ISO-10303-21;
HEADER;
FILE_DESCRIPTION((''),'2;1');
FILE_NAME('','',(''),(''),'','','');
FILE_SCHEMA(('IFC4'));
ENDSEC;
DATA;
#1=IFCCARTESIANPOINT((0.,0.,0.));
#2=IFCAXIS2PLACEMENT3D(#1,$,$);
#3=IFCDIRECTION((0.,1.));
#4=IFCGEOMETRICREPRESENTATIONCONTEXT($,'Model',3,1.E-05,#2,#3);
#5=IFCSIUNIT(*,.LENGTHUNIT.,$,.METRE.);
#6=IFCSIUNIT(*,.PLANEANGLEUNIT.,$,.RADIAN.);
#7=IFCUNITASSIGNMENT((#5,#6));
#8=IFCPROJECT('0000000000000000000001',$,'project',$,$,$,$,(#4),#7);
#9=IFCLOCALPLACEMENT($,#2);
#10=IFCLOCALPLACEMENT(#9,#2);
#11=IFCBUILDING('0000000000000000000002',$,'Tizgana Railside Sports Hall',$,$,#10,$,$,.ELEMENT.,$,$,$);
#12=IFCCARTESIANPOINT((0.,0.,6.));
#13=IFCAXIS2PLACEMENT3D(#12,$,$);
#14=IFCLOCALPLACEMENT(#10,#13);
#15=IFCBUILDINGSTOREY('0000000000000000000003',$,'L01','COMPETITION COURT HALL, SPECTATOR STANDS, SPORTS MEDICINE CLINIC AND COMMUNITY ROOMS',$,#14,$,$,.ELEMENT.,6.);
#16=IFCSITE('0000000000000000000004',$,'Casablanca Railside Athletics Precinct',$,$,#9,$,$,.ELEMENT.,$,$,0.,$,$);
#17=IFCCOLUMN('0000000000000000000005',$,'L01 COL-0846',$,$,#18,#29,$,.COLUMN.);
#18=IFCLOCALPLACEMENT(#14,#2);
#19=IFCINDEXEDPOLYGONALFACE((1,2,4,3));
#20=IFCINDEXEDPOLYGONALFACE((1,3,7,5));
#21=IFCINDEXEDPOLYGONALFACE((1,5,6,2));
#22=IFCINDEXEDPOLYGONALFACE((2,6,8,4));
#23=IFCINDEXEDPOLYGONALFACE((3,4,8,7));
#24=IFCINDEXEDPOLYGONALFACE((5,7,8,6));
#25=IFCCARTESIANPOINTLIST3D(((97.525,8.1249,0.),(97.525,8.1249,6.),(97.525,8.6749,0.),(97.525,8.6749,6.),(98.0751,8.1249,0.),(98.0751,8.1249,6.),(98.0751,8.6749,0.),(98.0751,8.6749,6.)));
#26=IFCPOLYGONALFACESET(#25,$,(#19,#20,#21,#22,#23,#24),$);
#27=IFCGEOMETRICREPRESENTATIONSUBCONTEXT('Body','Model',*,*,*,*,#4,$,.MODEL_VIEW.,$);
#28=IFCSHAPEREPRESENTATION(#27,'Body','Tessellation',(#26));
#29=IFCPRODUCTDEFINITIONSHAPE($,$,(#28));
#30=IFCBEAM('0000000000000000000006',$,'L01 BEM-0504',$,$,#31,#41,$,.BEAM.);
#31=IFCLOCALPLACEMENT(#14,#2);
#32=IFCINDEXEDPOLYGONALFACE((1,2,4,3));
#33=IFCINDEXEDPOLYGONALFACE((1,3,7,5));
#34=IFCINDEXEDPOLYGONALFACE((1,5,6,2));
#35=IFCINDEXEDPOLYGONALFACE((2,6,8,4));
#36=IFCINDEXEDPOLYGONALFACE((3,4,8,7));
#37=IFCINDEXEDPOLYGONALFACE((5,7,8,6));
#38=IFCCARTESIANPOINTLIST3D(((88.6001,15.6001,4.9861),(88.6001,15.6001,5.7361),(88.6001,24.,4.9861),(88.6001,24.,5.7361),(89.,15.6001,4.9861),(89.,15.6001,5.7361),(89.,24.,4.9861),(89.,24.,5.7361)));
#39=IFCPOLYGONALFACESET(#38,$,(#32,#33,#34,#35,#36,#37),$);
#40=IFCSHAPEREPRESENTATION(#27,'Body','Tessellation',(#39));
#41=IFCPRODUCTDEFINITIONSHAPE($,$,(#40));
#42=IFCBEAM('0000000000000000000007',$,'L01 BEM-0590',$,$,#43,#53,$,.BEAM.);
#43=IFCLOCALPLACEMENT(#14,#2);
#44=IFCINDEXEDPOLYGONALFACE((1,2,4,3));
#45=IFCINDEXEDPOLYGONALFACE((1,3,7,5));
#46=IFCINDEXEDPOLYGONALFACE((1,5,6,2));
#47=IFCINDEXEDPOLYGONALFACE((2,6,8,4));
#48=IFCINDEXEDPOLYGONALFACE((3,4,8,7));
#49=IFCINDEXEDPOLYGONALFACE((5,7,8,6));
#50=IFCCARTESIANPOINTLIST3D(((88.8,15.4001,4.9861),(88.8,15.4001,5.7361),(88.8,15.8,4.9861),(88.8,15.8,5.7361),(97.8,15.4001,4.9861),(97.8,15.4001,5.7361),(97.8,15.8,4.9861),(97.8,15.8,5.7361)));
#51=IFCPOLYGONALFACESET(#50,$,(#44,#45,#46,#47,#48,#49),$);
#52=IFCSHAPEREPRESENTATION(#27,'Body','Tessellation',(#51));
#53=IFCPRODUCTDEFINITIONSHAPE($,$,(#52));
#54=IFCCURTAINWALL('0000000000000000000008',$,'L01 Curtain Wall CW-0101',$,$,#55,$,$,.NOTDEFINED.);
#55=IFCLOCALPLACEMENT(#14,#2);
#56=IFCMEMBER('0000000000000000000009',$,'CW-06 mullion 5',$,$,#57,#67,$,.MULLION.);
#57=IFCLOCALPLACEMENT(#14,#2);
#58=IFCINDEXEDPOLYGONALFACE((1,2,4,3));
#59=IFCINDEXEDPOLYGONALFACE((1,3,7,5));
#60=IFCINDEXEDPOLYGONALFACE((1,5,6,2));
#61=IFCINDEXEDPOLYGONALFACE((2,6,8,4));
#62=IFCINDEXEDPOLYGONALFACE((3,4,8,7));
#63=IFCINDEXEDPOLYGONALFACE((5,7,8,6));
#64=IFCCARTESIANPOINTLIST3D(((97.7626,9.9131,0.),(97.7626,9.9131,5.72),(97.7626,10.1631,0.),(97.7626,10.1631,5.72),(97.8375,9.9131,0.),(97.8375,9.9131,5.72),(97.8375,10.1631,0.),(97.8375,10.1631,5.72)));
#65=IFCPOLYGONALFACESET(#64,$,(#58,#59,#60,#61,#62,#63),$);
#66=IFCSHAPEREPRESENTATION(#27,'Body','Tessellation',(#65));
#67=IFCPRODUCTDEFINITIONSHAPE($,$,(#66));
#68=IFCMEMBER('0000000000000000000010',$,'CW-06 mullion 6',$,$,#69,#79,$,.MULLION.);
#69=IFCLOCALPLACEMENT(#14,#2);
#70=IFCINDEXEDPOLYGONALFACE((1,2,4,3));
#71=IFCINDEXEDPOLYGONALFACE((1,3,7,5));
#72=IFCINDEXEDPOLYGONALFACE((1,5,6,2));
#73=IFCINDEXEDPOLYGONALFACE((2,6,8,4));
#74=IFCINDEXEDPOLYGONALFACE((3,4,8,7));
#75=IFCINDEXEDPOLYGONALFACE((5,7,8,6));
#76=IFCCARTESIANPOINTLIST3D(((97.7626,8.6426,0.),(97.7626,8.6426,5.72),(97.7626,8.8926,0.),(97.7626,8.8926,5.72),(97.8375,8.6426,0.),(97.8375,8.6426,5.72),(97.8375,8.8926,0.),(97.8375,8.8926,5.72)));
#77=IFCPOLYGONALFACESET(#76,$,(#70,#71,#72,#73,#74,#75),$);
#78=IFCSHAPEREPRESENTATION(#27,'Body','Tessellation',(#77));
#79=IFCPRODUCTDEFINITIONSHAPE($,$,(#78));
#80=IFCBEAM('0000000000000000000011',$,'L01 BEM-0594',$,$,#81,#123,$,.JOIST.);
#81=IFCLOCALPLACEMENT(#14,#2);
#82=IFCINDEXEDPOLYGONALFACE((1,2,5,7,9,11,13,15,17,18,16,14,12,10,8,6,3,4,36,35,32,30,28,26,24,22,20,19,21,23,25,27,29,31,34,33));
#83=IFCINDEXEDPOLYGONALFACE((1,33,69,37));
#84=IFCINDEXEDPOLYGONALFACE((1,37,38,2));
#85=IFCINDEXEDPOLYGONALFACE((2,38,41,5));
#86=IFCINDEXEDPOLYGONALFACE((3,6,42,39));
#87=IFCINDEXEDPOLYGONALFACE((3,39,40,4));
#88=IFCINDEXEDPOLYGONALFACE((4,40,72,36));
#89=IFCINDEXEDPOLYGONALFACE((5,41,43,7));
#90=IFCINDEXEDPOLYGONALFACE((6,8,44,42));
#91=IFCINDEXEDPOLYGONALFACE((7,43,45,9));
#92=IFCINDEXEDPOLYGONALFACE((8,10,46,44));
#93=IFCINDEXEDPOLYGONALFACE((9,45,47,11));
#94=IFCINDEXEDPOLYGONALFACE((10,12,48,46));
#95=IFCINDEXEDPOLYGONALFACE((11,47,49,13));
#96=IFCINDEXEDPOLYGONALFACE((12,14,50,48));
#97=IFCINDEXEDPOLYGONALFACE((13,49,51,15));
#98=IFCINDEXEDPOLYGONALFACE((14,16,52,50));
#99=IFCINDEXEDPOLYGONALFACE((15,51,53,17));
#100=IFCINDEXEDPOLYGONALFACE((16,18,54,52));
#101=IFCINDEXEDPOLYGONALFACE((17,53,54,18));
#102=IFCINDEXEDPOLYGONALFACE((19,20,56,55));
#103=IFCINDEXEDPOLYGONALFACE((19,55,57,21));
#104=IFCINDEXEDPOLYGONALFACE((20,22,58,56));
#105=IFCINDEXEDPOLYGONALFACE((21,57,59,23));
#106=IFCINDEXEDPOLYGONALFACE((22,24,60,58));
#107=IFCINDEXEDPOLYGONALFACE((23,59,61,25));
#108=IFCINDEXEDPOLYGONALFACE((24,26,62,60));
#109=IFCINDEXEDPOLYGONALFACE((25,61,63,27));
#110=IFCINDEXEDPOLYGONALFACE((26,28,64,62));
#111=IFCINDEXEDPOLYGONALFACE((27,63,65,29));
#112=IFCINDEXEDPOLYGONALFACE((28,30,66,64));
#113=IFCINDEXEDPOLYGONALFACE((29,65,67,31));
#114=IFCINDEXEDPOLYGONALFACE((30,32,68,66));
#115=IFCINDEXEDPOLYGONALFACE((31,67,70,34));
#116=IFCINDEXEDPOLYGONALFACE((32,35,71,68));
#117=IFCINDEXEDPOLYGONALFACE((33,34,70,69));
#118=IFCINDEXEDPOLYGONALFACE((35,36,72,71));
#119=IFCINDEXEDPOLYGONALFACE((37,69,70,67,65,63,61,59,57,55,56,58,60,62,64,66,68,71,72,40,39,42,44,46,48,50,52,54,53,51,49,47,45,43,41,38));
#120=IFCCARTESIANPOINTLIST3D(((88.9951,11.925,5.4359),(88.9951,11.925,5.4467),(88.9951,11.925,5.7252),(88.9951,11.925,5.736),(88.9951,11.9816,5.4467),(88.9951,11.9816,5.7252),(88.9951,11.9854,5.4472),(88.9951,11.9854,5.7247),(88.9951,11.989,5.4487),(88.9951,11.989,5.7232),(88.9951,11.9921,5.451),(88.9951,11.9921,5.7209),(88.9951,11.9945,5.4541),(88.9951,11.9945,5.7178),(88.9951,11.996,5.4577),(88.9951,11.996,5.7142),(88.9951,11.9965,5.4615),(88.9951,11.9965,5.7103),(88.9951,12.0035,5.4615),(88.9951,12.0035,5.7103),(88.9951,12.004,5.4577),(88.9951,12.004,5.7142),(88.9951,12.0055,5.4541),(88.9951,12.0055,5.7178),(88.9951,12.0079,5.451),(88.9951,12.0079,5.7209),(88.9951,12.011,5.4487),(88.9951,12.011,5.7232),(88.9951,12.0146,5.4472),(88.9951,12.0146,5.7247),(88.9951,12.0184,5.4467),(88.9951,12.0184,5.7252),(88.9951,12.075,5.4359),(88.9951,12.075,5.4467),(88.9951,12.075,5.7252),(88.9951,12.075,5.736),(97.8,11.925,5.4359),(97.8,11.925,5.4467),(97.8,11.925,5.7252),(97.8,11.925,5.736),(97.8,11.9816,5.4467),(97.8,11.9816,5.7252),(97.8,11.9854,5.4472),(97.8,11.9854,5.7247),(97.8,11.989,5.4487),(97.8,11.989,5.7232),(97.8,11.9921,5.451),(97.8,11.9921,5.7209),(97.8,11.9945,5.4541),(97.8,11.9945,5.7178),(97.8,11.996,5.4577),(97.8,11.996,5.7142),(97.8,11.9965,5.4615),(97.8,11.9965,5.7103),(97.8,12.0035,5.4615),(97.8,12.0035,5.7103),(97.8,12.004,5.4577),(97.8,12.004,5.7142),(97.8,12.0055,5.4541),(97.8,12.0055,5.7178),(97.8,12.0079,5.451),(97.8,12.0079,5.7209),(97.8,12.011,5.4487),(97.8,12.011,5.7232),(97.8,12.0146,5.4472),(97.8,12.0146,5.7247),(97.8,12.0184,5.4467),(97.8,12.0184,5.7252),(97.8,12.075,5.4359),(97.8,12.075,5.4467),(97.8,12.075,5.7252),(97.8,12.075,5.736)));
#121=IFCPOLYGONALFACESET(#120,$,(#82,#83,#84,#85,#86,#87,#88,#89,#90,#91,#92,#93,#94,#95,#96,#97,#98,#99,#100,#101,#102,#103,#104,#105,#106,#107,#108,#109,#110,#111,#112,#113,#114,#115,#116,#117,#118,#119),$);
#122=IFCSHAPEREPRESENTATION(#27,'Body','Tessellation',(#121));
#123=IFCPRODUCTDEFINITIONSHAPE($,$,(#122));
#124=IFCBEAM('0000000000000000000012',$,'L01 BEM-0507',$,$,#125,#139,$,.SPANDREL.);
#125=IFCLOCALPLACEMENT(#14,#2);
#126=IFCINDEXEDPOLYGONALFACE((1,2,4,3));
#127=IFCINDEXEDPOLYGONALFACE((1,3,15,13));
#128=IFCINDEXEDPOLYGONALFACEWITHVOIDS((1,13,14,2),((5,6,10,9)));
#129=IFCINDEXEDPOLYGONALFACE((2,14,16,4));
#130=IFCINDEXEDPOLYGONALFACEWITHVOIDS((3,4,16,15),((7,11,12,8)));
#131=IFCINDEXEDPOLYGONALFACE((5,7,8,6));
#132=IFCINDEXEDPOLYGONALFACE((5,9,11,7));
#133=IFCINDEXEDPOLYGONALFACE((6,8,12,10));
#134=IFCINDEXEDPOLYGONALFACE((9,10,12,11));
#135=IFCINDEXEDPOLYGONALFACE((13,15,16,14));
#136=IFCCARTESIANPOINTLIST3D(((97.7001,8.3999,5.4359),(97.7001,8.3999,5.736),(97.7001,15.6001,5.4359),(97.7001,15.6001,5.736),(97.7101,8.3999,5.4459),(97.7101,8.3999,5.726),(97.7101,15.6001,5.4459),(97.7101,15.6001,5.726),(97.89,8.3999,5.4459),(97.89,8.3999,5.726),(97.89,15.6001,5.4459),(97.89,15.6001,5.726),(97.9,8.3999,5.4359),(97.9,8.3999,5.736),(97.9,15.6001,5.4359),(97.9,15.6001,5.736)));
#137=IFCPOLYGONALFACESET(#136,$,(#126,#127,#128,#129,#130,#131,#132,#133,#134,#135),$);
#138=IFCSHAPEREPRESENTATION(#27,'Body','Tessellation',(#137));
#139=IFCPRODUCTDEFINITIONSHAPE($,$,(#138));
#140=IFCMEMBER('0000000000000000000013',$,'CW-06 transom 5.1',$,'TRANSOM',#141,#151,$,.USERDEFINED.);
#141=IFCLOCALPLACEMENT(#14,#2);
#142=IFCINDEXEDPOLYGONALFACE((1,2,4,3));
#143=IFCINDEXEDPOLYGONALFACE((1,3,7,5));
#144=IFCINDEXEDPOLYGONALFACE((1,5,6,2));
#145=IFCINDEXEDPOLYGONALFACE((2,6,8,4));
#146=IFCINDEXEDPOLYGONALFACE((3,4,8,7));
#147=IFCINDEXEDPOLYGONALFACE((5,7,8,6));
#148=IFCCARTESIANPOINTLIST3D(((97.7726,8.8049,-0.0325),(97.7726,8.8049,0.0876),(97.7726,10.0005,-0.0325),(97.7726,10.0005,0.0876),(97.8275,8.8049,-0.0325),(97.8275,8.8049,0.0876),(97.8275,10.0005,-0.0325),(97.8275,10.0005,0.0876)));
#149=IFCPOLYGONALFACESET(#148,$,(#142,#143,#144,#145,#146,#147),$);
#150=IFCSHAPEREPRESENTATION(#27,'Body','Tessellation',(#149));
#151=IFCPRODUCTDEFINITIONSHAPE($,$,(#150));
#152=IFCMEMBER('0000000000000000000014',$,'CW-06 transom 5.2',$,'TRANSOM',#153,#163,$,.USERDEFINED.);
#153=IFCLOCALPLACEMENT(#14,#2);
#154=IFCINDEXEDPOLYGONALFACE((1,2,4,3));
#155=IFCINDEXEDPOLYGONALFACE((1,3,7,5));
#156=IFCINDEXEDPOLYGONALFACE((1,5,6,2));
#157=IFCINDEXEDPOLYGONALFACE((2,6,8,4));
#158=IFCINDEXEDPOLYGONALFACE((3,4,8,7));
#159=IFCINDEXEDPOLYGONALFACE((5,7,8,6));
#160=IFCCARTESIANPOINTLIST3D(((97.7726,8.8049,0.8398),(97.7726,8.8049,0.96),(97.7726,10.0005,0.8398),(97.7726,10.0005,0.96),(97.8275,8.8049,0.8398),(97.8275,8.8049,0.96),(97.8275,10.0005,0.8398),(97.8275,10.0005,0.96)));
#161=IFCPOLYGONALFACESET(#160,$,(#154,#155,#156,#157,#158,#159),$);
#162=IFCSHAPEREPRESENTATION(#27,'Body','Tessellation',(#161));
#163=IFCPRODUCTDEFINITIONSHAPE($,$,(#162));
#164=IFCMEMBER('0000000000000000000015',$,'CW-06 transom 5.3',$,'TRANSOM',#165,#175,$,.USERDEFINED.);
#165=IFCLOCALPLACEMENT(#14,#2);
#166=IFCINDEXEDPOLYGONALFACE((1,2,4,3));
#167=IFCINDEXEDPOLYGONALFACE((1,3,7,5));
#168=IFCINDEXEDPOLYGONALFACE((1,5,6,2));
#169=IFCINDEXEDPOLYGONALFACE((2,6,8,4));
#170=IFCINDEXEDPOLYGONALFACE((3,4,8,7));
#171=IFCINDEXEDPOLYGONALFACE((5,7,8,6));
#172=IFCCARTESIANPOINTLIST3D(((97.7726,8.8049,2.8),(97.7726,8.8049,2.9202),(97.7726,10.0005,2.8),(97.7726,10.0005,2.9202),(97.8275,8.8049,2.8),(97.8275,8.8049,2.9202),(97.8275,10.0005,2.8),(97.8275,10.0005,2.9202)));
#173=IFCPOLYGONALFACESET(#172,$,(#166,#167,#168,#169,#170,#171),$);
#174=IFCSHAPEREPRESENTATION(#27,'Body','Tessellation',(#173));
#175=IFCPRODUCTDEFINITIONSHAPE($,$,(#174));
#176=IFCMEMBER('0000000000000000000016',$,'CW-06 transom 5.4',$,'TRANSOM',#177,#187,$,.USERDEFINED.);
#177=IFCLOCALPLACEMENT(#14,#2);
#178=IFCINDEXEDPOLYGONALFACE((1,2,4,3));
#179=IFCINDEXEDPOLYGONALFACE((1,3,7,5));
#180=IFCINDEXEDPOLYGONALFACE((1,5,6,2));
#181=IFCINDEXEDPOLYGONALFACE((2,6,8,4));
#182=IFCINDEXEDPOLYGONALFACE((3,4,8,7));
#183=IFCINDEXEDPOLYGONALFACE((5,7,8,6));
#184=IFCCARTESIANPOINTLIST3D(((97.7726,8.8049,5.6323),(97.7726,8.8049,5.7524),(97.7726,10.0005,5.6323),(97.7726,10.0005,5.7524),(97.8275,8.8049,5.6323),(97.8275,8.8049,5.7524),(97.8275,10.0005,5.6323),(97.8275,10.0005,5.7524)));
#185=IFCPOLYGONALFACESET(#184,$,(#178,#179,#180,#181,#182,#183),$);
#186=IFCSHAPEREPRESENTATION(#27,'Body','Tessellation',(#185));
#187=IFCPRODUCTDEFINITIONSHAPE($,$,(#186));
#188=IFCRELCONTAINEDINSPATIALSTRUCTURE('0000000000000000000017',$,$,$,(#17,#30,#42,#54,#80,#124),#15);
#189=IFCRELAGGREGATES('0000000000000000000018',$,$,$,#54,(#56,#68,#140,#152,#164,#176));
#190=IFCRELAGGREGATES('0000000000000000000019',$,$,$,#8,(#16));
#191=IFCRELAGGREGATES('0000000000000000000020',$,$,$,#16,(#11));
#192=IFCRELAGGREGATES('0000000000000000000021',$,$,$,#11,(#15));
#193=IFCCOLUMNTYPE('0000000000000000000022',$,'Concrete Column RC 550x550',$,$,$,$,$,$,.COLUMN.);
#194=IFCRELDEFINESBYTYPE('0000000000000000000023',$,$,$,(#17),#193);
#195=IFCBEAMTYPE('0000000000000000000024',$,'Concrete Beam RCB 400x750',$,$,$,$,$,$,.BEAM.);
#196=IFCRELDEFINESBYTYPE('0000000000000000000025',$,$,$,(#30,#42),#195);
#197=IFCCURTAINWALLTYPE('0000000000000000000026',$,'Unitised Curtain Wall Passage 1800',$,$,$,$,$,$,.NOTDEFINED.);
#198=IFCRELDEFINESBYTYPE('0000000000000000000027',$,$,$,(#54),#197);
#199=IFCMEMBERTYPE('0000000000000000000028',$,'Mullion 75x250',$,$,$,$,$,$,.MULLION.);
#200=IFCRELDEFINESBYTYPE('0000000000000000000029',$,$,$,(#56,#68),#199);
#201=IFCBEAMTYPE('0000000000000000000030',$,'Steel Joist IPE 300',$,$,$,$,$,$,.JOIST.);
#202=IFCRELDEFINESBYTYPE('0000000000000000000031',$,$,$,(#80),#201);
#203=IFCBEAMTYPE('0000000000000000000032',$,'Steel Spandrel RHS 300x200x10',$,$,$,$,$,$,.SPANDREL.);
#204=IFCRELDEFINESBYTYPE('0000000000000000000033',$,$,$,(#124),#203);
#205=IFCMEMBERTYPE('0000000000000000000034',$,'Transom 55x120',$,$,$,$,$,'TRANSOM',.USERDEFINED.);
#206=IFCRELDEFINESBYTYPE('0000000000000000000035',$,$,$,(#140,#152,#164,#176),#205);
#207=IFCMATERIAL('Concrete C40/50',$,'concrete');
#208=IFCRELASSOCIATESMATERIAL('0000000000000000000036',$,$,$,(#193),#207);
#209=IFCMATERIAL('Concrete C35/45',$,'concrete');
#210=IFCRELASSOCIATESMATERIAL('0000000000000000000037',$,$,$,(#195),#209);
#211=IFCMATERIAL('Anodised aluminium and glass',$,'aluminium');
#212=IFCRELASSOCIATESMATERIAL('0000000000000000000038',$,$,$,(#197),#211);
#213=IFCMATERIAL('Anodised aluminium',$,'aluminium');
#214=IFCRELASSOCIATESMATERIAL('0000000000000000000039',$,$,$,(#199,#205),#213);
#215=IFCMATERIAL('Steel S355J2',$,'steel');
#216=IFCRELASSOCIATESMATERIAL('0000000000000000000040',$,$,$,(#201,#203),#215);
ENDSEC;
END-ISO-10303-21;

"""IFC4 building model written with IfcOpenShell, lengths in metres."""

from ifc_helpers import new_model, si_unit, direction, frame, origin, origin_2d, place, context, subcontext, project, spatial, rectangle, hollow_rectangle, i_section, extrude, material, material_profile, profile_set, type_object, element, aggregate, save


model = new_model("IFC4")

# Units and contexts
model_context = context("Model", 3, precision=1e-05, world=origin(), true_north=direction((0.0, 1.0)))
body_context = subcontext(model_context, "Body", "Model", "MODEL_VIEW")
ifc_project = project(units=[si_unit("LENGTHUNIT", "METRE"), si_unit("PLANEANGLEUNIT", "RADIAN")], contexts=[model_context])

# Site, building, storey
site_placement = place(None, origin())
site = spatial("IfcSite", under=ifc_project, at=site_placement, Name="Casablanca Railside Athletics Precinct", CompositionType="ELEMENT", RefElevation=0.0)
building_placement = place(site_placement, origin())
building = spatial("IfcBuilding", under=site, at=building_placement, Name="Tizgana Railside Sports Hall", CompositionType="ELEMENT")
storey_placement = place(building_placement, frame((0.0, 0.0, 6.0)))
storey = spatial("IfcBuildingStorey", under=building, at=storey_placement, Name="L01", Description="COMPETITION COURT HALL, SPECTATOR STANDS, SPORTS MEDICINE CLINIC AND COMMUNITY ROOMS", CompositionType="ELEMENT", Elevation=6.0)

# Column
ifc_material_1 = material(Name="Concrete C40/50", Category="concrete")
ifc_material_profile_1 = material_profile(ifc_material_1, rectangle(XDim=0.55, YDim=0.55, at=origin_2d()), Name="RC 550x550")
ifc_profile_set_1 = profile_set([ifc_material_profile_1], Name="Concrete C40/50")
column_type = type_object("IfcColumnType", Name="Concrete Column RC 550x550", PredefinedType="COLUMN", material=ifc_profile_set_1)
column_placement = place(storey_placement, frame((97.8, 8.3999, 0.0), z_axis=(0.0, 0.0, 1.0), x_axis=(1.0, 0.0, 0.0)))
element("IfcColumn", 1, at=column_placement, inside=storey, type_object=column_type, Name="L01 COL-0846", PredefinedType="COLUMN", context=body_context, shape_type="SweptSolid", body=[
    extrude(rectangle(XDim=0.55, YDim=0.55, at=origin_2d()), origin(), (0.0, 0.0, 1.0), 6.0),
])

# Beams
ifc_material_2 = material(Name="Concrete C35/45", Category="concrete")
ifc_material_profile_2 = material_profile(ifc_material_2, rectangle(XDim=0.3999, YDim=0.75, at=origin_2d()), Name="RCB 400x750")
ifc_profile_set_2 = profile_set([ifc_material_profile_2], Name="Concrete C35/45")
beam_type_1 = type_object("IfcBeamType", Name="Concrete Beam RCB 400x750", PredefinedType="BEAM", material=ifc_profile_set_2)
beam_1_placement = place(storey_placement, frame((88.8, 15.6001, 5.3611), z_axis=(0.0, 1.0, 0.0), x_axis=(-1.0, 0.0, 0.0)))
element("IfcBeam", 2, at=beam_1_placement, inside=storey, type_object=beam_type_1, Name="L01 BEM-0504", PredefinedType="BEAM", context=body_context, shape_type="SweptSolid", body=[
    extrude(rectangle(XDim=0.3999, YDim=0.75, at=origin_2d()), origin(), (0.0, 0.0, 1.0), 8.3999),
])
beam_2_placement = place(storey_placement, frame((88.8, 15.6001, 5.3611), z_axis=(1.0, 0.0, 0.0), x_axis=(0.0, 1.0, 0.0)))
element("IfcBeam", 3, at=beam_2_placement, inside=storey, type_object=beam_type_1, Name="L01 BEM-0590", PredefinedType="BEAM", context=body_context, shape_type="SweptSolid", body=[
    extrude(rectangle(XDim=0.3999, YDim=0.75, at=origin_2d()), origin(), (0.0, 0.0, 1.0), 9.0),
])

# Curtain wall, members
ifc_material_3 = material(Name="Anodised aluminium and glass", Category="aluminium")
curtain_wall_type = type_object("IfcCurtainWallType", Name="Unitised Curtain Wall Passage 1800", PredefinedType="NOTDEFINED", material=ifc_material_3)
curtain_wall_placement = place(storey_placement, origin())
curtain_wall = element("IfcCurtainWall", 4, at=curtain_wall_placement, inside=storey, type_object=curtain_wall_type, Name="L01 Curtain Wall CW-0101", PredefinedType="NOTDEFINED")
ifc_material_4 = material(Name="Anodised aluminium", Category="aluminium")
ifc_material_profile_3 = material_profile(ifc_material_4, rectangle(XDim=0.075, YDim=0.25, at=origin_2d()), Name="Mullion 75x250")
ifc_profile_set_3 = profile_set([ifc_material_profile_3], Name="Anodised aluminium")
member_type_1 = type_object("IfcMemberType", Name="Mullion 75x250", PredefinedType="MULLION", material=ifc_profile_set_3)
member_1_placement = place(storey_placement, frame((97.8, 10.0381, 0.0), z_axis=(0.0, 0.0, 1.0), x_axis=(1.0, 0.0, 0.0)))
member_1 = element("IfcMember", 5, at=member_1_placement, type_object=member_type_1, Name="CW-06 mullion 5", PredefinedType="MULLION", context=body_context, shape_type="SweptSolid", body=[
    extrude(rectangle(XDim=0.075, YDim=0.25, at=origin_2d()), origin(), (0.0, 0.0, 1.0), 5.72),
])
member_2_placement = place(storey_placement, frame((97.8, 8.7676, 0.0), z_axis=(0.0, 0.0, 1.0), x_axis=(1.0, 0.0, 0.0)))
member_2 = element("IfcMember", 6, at=member_2_placement, type_object=member_type_1, Name="CW-06 mullion 6", PredefinedType="MULLION", context=body_context, shape_type="SweptSolid", body=[
    extrude(rectangle(XDim=0.075, YDim=0.25, at=origin_2d()), origin(), (0.0, 0.0, 1.0), 5.72),
])

# Beams
ifc_material_5 = material(Name="Steel S355J2", Category="steel")
ifc_material_profile_4 = material_profile(ifc_material_5, i_section(OverallWidth=0.1499, OverallDepth=0.3, WebThickness=0.0071, FlangeThickness=0.0107, FilletRadius=0.0149, at=origin_2d()), Name="IPE 300")
ifc_profile_set_4 = profile_set([ifc_material_profile_4], Name="Steel S355J2")
beam_type_2 = type_object("IfcBeamType", Name="Steel Joist IPE 300", PredefinedType="JOIST", material=ifc_profile_set_4)
beam_3_placement = place(storey_placement, frame((88.9951, 12.0, 5.5859), z_axis=(1.0, 0.0, 0.0), x_axis=(0.0, 1.0, 0.0)))
element("IfcBeam", 7, at=beam_3_placement, inside=storey, type_object=beam_type_2, Name="L01 BEM-0594", PredefinedType="JOIST", context=body_context, shape_type="SweptSolid", body=[
    extrude(i_section(OverallWidth=0.1499, OverallDepth=0.3, WebThickness=0.0071, FlangeThickness=0.0107, FilletRadius=0.0149, at=origin_2d()), origin(), (0.0, 0.0, 1.0), 8.8049),
])
ifc_material_profile_5 = material_profile(ifc_material_5, hollow_rectangle(XDim=0.2, YDim=0.3, WallThickness=0.01, at=origin_2d()), Name="RHS 300x200x10")
ifc_profile_set_5 = profile_set([ifc_material_profile_5], Name="Steel S355J2")
beam_type_3 = type_object("IfcBeamType", Name="Steel Spandrel RHS 300x200x10", PredefinedType="SPANDREL", material=ifc_profile_set_5)
beam_4_placement = place(storey_placement, frame((97.8, 8.3999, 5.5859), z_axis=(0.0, 1.0, 0.0), x_axis=(-1.0, 0.0, 0.0)))
element("IfcBeam", 8, at=beam_4_placement, inside=storey, type_object=beam_type_3, Name="L01 BEM-0507", PredefinedType="SPANDREL", context=body_context, shape_type="SweptSolid", body=[
    extrude(hollow_rectangle(XDim=0.2, YDim=0.3, WallThickness=0.01, at=origin_2d()), origin(), (0.0, 0.0, 1.0), 7.2002),
])

# Members
ifc_material_profile_6 = material_profile(ifc_material_4, rectangle(XDim=0.0549, YDim=0.1201, at=origin_2d()), Name="Transom 55x120")
ifc_profile_set_6 = profile_set([ifc_material_profile_6], Name="Anodised aluminium")
member_type_2 = type_object("IfcMemberType", Name="Transom 55x120", ElementType="TRANSOM", PredefinedType="USERDEFINED", material=ifc_profile_set_6)
member_3_placement = place(storey_placement, frame((97.8, 10.0005, 0.0276), z_axis=(0.0, -1.0, 0.0), x_axis=(1.0, 0.0, 0.0)))
member_3 = element("IfcMember", 9, at=member_3_placement, type_object=member_type_2, Name="CW-06 transom 5.1", ObjectType="TRANSOM", PredefinedType="USERDEFINED", context=body_context, shape_type="SweptSolid", body=[
    extrude(rectangle(XDim=0.0549, YDim=0.1201, at=origin_2d()), origin(), (0.0, 0.0, 1.0), 1.1956),
])
member_4_placement = place(storey_placement, frame((97.8, 10.0005, 0.8999), z_axis=(0.0, -1.0, 0.0), x_axis=(1.0, 0.0, 0.0)))
member_4 = element("IfcMember", 10, at=member_4_placement, type_object=member_type_2, Name="CW-06 transom 5.2", ObjectType="TRANSOM", PredefinedType="USERDEFINED", context=body_context, shape_type="SweptSolid", body=[
    extrude(rectangle(XDim=0.0549, YDim=0.1201, at=origin_2d()), origin(), (0.0, 0.0, 1.0), 1.1956),
])
member_5_placement = place(storey_placement, frame((97.8, 10.0005, 2.8601), z_axis=(0.0, -1.0, 0.0), x_axis=(1.0, 0.0, 0.0)))
member_5 = element("IfcMember", 11, at=member_5_placement, type_object=member_type_2, Name="CW-06 transom 5.3", ObjectType="TRANSOM", PredefinedType="USERDEFINED", context=body_context, shape_type="SweptSolid", body=[
    extrude(rectangle(XDim=0.0549, YDim=0.1201, at=origin_2d()), origin(), (0.0, 0.0, 1.0), 1.1956),
])
member_6_placement = place(storey_placement, frame((97.8, 10.0005, 5.6924), z_axis=(0.0, -1.0, 0.0), x_axis=(1.0, 0.0, 0.0)))
member_6 = element("IfcMember", 12, at=member_6_placement, type_object=member_type_2, Name="CW-06 transom 5.4", ObjectType="TRANSOM", PredefinedType="USERDEFINED", context=body_context, shape_type="SweptSolid", body=[
    extrude(rectangle(XDim=0.0549, YDim=0.1201, at=origin_2d()), origin(), (0.0, 0.0, 1.0), 1.1956),
])

aggregate(curtain_wall, [member_1, member_2, member_3, member_4, member_5, member_6])

save(model, "model.ifc")
